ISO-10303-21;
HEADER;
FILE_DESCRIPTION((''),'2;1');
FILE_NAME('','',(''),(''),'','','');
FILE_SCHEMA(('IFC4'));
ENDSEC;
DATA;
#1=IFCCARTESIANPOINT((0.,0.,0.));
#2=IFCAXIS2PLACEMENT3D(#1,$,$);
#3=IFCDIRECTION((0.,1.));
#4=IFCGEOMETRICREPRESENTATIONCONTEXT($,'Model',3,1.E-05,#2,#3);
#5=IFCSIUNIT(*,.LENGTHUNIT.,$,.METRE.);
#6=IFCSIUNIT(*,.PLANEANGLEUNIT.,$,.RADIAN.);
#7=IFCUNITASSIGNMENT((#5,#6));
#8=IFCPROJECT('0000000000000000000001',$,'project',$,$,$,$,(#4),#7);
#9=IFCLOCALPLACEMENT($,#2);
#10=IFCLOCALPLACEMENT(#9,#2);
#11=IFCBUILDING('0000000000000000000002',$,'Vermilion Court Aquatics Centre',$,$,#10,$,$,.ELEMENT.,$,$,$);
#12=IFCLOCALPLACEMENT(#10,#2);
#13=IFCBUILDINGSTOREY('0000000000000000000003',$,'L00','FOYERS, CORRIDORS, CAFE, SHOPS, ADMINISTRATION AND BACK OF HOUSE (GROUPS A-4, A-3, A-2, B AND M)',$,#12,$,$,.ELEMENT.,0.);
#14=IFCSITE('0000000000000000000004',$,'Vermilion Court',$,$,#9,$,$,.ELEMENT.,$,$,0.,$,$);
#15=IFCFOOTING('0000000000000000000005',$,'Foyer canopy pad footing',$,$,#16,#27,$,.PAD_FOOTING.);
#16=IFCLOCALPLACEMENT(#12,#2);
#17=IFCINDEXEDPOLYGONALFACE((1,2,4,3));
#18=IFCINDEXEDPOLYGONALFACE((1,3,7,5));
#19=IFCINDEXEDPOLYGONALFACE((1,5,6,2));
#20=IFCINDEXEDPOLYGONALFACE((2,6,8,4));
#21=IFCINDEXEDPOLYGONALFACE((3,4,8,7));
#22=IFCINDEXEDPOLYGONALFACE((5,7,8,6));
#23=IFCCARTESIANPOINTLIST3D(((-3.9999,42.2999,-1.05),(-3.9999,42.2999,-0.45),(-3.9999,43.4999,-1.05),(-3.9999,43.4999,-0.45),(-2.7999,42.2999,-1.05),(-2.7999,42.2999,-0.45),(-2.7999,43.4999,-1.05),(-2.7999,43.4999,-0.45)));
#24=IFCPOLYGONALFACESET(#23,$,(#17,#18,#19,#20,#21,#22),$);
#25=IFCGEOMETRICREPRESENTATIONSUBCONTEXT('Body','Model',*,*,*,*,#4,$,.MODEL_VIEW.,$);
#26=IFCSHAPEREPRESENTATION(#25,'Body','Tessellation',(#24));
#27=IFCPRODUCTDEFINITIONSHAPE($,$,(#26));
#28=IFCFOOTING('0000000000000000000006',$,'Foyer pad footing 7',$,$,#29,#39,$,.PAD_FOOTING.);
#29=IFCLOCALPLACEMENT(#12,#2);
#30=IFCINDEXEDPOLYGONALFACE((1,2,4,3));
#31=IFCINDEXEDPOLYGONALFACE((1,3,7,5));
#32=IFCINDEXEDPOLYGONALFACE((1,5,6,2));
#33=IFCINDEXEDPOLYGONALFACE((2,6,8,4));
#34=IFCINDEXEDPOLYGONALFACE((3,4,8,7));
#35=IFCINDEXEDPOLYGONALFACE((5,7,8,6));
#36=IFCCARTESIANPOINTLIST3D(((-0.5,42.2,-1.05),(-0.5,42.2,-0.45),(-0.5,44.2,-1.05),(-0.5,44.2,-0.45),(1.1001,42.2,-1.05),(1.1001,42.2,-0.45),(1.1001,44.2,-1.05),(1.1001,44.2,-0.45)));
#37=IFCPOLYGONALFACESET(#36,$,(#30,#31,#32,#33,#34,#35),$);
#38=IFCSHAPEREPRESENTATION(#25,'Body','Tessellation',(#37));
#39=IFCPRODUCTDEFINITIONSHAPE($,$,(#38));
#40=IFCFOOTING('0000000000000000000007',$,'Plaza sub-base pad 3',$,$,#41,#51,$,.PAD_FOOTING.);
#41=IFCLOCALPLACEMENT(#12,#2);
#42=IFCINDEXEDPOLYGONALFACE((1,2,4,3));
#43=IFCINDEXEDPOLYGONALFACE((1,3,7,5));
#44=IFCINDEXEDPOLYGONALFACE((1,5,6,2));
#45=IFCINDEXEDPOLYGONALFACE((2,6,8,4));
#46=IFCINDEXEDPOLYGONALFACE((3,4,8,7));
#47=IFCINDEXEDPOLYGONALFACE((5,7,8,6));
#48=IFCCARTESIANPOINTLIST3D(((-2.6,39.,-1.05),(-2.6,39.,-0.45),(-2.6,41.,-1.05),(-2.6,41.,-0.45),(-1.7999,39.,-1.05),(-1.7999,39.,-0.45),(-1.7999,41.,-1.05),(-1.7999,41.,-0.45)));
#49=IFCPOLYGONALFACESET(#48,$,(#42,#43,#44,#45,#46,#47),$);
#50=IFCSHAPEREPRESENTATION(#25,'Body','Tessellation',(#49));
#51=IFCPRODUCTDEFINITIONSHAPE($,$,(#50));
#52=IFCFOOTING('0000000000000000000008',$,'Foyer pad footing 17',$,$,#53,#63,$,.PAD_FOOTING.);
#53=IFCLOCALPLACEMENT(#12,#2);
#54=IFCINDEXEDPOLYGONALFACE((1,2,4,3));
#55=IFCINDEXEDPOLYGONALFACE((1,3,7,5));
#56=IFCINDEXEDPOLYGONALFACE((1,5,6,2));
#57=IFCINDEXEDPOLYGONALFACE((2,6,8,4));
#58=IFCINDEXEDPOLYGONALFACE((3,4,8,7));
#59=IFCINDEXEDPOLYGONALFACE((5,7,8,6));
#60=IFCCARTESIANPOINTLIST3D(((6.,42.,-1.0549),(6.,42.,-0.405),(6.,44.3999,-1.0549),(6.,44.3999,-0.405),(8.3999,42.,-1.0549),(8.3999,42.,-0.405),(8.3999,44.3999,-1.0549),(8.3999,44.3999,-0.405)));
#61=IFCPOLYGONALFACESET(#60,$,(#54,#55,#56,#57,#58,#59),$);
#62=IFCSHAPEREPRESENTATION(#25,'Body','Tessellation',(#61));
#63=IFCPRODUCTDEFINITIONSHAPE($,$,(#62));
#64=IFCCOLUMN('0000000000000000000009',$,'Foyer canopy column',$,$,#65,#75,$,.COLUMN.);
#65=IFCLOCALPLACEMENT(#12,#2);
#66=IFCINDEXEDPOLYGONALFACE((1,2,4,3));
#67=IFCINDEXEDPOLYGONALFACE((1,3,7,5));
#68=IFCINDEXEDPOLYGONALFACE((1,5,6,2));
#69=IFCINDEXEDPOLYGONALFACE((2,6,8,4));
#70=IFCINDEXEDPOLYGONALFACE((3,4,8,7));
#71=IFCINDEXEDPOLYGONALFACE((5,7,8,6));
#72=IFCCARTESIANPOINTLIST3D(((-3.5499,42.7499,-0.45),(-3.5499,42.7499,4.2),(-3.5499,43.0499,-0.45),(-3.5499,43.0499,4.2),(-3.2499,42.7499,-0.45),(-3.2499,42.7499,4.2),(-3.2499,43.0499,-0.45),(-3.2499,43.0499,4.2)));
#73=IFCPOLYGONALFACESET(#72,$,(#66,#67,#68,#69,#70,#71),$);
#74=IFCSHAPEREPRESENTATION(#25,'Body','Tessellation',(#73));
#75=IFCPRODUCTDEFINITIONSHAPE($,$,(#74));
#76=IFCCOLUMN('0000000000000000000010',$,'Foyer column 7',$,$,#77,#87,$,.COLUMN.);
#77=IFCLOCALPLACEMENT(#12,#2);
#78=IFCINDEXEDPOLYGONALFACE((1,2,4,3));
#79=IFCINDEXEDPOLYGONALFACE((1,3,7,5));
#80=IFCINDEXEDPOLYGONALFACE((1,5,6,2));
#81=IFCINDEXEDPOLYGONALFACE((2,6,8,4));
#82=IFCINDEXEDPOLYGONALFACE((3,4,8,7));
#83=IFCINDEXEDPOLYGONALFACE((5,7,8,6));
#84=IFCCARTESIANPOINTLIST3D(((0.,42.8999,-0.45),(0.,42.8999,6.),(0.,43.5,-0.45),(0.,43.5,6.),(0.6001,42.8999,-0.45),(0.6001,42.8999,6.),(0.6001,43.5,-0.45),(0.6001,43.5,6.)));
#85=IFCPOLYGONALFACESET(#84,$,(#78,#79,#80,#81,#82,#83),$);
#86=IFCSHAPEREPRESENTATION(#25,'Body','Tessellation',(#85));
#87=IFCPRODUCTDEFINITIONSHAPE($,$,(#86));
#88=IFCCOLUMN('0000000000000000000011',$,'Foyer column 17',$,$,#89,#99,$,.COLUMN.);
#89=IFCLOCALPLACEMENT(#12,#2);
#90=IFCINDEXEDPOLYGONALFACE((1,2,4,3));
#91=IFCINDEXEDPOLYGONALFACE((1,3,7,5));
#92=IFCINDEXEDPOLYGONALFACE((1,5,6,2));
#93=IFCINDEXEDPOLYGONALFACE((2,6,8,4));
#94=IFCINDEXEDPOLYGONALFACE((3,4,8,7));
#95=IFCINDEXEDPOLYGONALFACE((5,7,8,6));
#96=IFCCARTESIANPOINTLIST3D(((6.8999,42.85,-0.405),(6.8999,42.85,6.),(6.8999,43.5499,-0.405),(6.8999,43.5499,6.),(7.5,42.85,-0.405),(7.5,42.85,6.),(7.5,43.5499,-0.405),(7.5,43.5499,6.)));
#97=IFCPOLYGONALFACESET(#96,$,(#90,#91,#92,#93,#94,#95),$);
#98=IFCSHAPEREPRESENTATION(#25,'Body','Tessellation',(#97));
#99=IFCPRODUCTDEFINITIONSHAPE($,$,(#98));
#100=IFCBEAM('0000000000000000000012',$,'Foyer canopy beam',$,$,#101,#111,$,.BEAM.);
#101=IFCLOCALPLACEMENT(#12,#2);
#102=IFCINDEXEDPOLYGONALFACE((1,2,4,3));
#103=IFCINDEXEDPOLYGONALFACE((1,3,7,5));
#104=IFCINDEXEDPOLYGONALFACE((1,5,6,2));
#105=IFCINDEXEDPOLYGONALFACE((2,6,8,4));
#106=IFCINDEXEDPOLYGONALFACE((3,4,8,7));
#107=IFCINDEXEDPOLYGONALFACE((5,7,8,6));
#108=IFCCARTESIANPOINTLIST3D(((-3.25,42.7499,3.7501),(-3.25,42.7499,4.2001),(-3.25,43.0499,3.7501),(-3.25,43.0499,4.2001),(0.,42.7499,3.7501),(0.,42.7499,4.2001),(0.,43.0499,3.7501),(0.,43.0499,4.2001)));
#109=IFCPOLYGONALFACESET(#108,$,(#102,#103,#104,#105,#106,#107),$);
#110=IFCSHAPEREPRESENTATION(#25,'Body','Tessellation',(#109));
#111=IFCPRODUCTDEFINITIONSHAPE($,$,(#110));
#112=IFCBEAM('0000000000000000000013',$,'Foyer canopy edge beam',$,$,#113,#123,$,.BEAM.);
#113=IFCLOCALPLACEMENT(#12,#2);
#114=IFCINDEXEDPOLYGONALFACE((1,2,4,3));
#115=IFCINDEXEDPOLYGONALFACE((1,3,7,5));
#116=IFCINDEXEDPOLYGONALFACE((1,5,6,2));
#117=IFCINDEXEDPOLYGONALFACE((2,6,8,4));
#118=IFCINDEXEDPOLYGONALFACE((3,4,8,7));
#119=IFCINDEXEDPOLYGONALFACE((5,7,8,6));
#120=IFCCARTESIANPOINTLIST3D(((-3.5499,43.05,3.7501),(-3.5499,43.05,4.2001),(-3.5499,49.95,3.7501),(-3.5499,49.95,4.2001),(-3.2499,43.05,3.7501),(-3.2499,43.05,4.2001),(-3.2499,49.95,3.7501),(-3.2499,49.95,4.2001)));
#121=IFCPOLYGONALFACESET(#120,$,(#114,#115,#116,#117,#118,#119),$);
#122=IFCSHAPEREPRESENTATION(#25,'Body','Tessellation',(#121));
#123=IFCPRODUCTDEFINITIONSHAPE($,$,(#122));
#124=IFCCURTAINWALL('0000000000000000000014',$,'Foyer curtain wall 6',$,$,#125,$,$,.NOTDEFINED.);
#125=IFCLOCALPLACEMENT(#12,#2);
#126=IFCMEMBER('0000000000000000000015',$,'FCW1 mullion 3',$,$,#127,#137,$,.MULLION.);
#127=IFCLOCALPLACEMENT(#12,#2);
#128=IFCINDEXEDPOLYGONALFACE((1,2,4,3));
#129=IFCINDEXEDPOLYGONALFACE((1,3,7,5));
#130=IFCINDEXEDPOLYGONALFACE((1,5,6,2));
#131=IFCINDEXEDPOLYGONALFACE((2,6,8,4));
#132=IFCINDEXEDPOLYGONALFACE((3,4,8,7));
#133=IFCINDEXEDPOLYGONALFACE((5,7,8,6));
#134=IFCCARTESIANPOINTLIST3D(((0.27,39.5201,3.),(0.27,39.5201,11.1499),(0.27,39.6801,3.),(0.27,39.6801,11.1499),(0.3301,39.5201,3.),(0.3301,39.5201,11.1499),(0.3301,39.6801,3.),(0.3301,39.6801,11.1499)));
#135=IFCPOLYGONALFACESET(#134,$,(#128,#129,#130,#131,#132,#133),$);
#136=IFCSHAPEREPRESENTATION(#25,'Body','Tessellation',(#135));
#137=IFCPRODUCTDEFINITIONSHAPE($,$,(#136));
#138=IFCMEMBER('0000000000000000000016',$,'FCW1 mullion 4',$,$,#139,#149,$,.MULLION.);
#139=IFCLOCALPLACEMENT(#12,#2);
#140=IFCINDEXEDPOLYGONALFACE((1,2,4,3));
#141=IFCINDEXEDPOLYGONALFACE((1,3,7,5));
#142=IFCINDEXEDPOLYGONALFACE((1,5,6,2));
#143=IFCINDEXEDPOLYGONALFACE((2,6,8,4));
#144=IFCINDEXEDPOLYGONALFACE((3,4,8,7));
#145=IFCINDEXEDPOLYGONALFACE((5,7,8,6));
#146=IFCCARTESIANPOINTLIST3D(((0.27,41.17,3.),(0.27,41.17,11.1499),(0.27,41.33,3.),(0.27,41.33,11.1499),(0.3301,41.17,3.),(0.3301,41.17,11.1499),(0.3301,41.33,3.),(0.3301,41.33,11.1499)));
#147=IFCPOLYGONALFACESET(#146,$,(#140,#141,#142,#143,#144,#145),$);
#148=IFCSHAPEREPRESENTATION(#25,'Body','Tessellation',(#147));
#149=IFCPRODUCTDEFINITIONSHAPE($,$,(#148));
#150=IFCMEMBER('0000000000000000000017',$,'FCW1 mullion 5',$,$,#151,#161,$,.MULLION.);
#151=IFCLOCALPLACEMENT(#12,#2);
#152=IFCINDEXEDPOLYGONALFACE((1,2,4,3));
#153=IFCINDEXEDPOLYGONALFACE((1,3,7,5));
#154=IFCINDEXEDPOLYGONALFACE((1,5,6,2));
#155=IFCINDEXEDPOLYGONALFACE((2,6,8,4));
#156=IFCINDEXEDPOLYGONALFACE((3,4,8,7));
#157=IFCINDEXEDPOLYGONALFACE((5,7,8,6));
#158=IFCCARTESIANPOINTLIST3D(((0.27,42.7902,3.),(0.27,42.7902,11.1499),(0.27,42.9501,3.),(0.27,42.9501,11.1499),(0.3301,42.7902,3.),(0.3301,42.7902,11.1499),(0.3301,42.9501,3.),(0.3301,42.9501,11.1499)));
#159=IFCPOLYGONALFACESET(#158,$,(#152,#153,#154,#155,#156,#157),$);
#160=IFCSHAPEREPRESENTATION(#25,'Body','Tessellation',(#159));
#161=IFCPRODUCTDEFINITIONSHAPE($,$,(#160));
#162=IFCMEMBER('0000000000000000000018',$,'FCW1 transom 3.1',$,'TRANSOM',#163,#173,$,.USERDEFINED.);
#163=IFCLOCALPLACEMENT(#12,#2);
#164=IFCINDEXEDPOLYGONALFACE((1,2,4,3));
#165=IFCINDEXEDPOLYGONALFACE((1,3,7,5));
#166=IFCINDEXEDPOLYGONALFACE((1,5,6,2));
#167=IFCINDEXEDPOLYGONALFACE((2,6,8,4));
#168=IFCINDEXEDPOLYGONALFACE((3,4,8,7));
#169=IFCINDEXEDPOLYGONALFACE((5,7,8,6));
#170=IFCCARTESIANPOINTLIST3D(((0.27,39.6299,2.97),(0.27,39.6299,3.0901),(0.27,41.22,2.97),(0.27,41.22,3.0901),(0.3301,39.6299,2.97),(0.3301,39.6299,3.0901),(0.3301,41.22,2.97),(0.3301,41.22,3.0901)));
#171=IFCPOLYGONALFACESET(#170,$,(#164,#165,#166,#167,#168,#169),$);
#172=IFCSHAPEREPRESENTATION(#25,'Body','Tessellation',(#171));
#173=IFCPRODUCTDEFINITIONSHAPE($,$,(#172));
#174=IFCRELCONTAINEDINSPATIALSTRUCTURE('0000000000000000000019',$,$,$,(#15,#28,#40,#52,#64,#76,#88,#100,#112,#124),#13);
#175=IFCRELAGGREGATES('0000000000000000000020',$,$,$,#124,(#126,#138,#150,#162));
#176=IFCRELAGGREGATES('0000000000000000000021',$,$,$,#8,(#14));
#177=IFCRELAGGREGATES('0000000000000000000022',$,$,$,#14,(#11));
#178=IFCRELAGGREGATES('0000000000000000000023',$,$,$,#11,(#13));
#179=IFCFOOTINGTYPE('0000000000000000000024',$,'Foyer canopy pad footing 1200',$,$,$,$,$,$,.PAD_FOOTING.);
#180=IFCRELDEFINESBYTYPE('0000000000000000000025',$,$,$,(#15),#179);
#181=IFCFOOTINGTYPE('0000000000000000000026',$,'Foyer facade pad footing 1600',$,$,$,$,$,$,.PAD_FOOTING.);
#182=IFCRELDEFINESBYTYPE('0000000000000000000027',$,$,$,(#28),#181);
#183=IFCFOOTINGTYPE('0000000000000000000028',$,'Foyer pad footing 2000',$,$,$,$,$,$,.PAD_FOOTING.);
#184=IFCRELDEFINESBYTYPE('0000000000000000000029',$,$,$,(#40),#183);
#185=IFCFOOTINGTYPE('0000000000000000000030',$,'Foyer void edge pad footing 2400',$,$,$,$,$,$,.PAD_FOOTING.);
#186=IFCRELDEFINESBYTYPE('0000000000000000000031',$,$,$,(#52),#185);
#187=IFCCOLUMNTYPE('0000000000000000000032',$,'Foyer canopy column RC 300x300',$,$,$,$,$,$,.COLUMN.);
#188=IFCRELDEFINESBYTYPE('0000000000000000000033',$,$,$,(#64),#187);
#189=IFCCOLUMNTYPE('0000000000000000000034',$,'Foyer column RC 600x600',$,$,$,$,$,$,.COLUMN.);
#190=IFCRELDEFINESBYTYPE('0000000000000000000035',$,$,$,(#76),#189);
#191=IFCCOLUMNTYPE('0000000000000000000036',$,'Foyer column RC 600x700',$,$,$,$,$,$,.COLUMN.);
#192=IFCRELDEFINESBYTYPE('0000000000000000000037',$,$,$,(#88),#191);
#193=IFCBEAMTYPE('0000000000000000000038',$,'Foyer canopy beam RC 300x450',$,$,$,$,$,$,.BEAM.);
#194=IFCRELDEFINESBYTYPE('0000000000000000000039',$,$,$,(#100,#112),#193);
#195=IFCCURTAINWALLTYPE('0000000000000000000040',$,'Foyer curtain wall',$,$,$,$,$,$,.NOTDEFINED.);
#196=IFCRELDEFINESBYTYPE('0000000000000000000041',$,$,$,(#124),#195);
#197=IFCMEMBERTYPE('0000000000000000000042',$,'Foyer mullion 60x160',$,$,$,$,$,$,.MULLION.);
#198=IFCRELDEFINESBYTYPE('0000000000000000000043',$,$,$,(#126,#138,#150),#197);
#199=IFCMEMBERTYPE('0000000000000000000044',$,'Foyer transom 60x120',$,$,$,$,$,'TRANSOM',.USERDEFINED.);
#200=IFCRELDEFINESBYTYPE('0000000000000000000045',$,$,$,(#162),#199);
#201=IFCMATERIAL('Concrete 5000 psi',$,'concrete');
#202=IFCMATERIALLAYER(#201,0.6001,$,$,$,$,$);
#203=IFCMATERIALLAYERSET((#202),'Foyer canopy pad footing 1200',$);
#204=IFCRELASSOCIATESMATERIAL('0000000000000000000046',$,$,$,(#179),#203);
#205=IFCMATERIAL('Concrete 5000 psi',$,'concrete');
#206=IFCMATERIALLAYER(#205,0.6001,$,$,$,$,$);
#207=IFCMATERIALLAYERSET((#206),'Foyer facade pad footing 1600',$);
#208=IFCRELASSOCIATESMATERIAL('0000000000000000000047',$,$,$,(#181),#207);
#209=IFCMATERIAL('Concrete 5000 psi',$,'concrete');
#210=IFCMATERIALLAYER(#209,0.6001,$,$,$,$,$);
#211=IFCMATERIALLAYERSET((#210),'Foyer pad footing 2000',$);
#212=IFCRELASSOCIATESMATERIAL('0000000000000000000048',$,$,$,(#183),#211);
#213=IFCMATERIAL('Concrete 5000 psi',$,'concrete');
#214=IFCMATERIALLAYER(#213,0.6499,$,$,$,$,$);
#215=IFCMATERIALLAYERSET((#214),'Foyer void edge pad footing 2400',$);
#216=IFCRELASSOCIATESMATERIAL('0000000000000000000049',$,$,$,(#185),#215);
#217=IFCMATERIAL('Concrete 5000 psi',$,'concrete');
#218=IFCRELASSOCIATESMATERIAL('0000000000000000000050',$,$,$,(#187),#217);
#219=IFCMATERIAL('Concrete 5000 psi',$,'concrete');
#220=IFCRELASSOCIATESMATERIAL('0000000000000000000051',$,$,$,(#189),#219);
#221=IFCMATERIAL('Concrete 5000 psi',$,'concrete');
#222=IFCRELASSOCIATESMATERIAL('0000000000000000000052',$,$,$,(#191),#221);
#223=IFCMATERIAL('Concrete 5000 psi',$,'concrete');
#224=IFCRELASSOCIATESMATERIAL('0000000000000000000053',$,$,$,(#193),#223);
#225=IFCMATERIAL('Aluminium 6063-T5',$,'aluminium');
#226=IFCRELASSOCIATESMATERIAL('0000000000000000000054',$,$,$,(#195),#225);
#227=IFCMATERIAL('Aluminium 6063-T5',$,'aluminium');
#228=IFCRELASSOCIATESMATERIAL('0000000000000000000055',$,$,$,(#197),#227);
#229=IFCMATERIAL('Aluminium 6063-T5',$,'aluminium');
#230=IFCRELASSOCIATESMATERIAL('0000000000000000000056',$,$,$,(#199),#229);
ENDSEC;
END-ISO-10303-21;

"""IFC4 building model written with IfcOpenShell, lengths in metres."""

from ifc_helpers import new_model, si_unit, direction, frame, origin, origin_2d, place, context, subcontext, project, spatial, rectangle, extrude, material, layer, layer_set, material_profile, profile_set, type_object, element, aggregate, save


model = new_model("IFC4")

# Units and contexts
model_context = context("Model", 3, precision=1e-05, world=origin(), true_north=direction((0.0, 1.0)))
body_context = subcontext(model_context, "Body", "Model", "MODEL_VIEW")
ifc_project = project(units=[si_unit("LENGTHUNIT", "METRE"), si_unit("PLANEANGLEUNIT", "RADIAN")], contexts=[model_context])

# Site, building, storey
site_placement = place(None, origin())
site = spatial("IfcSite", under=ifc_project, at=site_placement, Name="Vermilion Court", CompositionType="ELEMENT", RefElevation=0.0)
building_placement = place(site_placement, origin())
building = spatial("IfcBuilding", under=site, at=building_placement, Name="Vermilion Court Aquatics Centre", CompositionType="ELEMENT")
storey_placement = place(building_placement, origin())
storey = spatial("IfcBuildingStorey", under=building, at=storey_placement, Name="L00", Description="FOYERS, CORRIDORS, CAFE, SHOPS, ADMINISTRATION AND BACK OF HOUSE (GROUPS A-4, A-3, A-2, B AND M)", CompositionType="ELEMENT", Elevation=0.0)

# Footings
ifc_material_1 = material(Name="Concrete 5000 psi", Category="concrete")
ifc_layer_1 = layer(ifc_material_1, 0.6001)
ifc_layer_set_1 = layer_set([ifc_layer_1], Name="Foyer canopy pad footing 1200")
footing_type_1 = type_object("IfcFootingType", Name="Foyer canopy pad footing 1200", PredefinedType="PAD_FOOTING", material=ifc_layer_set_1)
footing_1_placement = place(storey_placement, frame((-3.3999, 42.8999, -1.05), z_axis=(0.0, 0.0, 1.0), x_axis=(1.0, 0.0, 0.0)))
element("IfcFooting", 1, at=footing_1_placement, inside=storey, type_object=footing_type_1, Name="Foyer canopy pad footing", PredefinedType="PAD_FOOTING", context=body_context, shape_type="SweptSolid", body=[
    extrude(rectangle(XDim=1.2, YDim=1.2, at=origin_2d()), origin(), (0.0, 0.0, 1.0), 0.6001),
])
ifc_material_2 = material(Name="Concrete 5000 psi", Category="concrete")
ifc_layer_2 = layer(ifc_material_2, 0.6001)
ifc_layer_set_2 = layer_set([ifc_layer_2], Name="Foyer facade pad footing 1600")
footing_type_2 = type_object("IfcFootingType", Name="Foyer facade pad footing 1600", PredefinedType="PAD_FOOTING", material=ifc_layer_set_2)
footing_2_placement = place(storey_placement, frame((0.3, 43.2, -1.05), z_axis=(0.0, 0.0, 1.0), x_axis=(1.0, 0.0, 0.0)))
element("IfcFooting", 2, at=footing_2_placement, inside=storey, type_object=footing_type_2, Name="Foyer pad footing 7", PredefinedType="PAD_FOOTING", context=body_context, shape_type="SweptSolid", body=[
    extrude(rectangle(XDim=1.6001, YDim=2.0, at=origin_2d()), origin(), (0.0, 0.0, 1.0), 0.6001),
])
ifc_material_3 = material(Name="Concrete 5000 psi", Category="concrete")
ifc_layer_3 = layer(ifc_material_3, 0.6001)
ifc_layer_set_3 = layer_set([ifc_layer_3], Name="Foyer pad footing 2000")
footing_type_3 = type_object("IfcFootingType", Name="Foyer pad footing 2000", PredefinedType="PAD_FOOTING", material=ifc_layer_set_3)
footing_3_placement = place(storey_placement, frame((-2.2, 40.0, -1.05), z_axis=(0.0, 0.0, 1.0), x_axis=(1.0, 0.0, 0.0)))
element("IfcFooting", 3, at=footing_3_placement, inside=storey, type_object=footing_type_3, Name="Plaza sub-base pad 3", PredefinedType="PAD_FOOTING", context=body_context, shape_type="SweptSolid", body=[
    extrude(rectangle(XDim=0.8, YDim=2.0, at=origin_2d()), origin(), (0.0, 0.0, 1.0), 0.6001),
])
ifc_material_4 = material(Name="Concrete 5000 psi", Category="concrete")
ifc_layer_4 = layer(ifc_material_4, 0.6499)
ifc_layer_set_4 = layer_set([ifc_layer_4], Name="Foyer void edge pad footing 2400")
footing_type_4 = type_object("IfcFootingType", Name="Foyer void edge pad footing 2400", PredefinedType="PAD_FOOTING", material=ifc_layer_set_4)
footing_4_placement = place(storey_placement, frame((7.2, 43.2, -1.0549), z_axis=(0.0, 0.0, 1.0), x_axis=(1.0, 0.0, 0.0)))
element("IfcFooting", 4, at=footing_4_placement, inside=storey, type_object=footing_type_4, Name="Foyer pad footing 17", PredefinedType="PAD_FOOTING", context=body_context, shape_type="SweptSolid", body=[
    extrude(rectangle(XDim=2.3999, YDim=2.3999, at=origin_2d()), origin(), (0.0, 0.0, 1.0), 0.6499),
])

# Columns
ifc_material_5 = material(Name="Concrete 5000 psi", Category="concrete")
ifc_material_profile_1 = material_profile(ifc_material_5, rectangle(XDim=0.3, YDim=0.3, at=origin_2d()), Name="RC 300x300")
ifc_profile_set_1 = profile_set([ifc_material_profile_1], Name="Concrete 5000 psi")
column_type_1 = type_object("IfcColumnType", Name="Foyer canopy column RC 300x300", PredefinedType="COLUMN", material=ifc_profile_set_1)
column_1_placement = place(storey_placement, frame((-3.3999, 42.8999, -0.45), z_axis=(0.0, 0.0, 1.0), x_axis=(1.0, 0.0, 0.0)))
element("IfcColumn", 5, at=column_1_placement, inside=storey, type_object=column_type_1, Name="Foyer canopy column", PredefinedType="COLUMN", context=body_context, shape_type="SweptSolid", body=[
    extrude(rectangle(XDim=0.3, YDim=0.3, at=origin_2d()), origin(), (0.0, 0.0, 1.0), 4.6499),
])
ifc_material_6 = material(Name="Concrete 5000 psi", Category="concrete")
ifc_material_profile_2 = material_profile(ifc_material_6, rectangle(XDim=0.6001, YDim=0.6001, at=origin_2d()), Name="RC 600x600")
ifc_profile_set_2 = profile_set([ifc_material_profile_2], Name="Concrete 5000 psi")
column_type_2 = type_object("IfcColumnType", Name="Foyer column RC 600x600", PredefinedType="COLUMN", material=ifc_profile_set_2)
column_2_placement = place(storey_placement, frame((0.3, 43.2, -0.45), z_axis=(0.0, 0.0, 1.0), x_axis=(1.0, 0.0, 0.0)))
element("IfcColumn", 6, at=column_2_placement, inside=storey, type_object=column_type_2, Name="Foyer column 7", PredefinedType="COLUMN", context=body_context, shape_type="SweptSolid", body=[
    extrude(rectangle(XDim=0.6001, YDim=0.6001, at=origin_2d()), origin(), (0.0, 0.0, 1.0), 6.45),
])
ifc_material_7 = material(Name="Concrete 5000 psi", Category="concrete")
ifc_material_profile_3 = material_profile(ifc_material_7, rectangle(XDim=0.6001, YDim=0.7, at=origin_2d()), Name="RC 600x700")
ifc_profile_set_3 = profile_set([ifc_material_profile_3], Name="Concrete 5000 psi")
column_type_3 = type_object("IfcColumnType", Name="Foyer column RC 600x700", PredefinedType="COLUMN", material=ifc_profile_set_3)
column_3_placement = place(storey_placement, frame((7.2, 43.2, -0.405), z_axis=(0.0, 0.0, 1.0), x_axis=(1.0, 0.0, 0.0)))
element("IfcColumn", 7, at=column_3_placement, inside=storey, type_object=column_type_3, Name="Foyer column 17", PredefinedType="COLUMN", context=body_context, shape_type="SweptSolid", body=[
    extrude(rectangle(XDim=0.6001, YDim=0.7, at=origin_2d()), origin(), (0.0, 0.0, 1.0), 6.405),
])

# Beams
ifc_material_8 = material(Name="Concrete 5000 psi", Category="concrete")
ifc_material_profile_4 = material_profile(ifc_material_8, rectangle(XDim=0.3, YDim=0.45, at=origin_2d()), Name="RC 300x450")
ifc_profile_set_4 = profile_set([ifc_material_profile_4], Name="Concrete 5000 psi")
beam_type = type_object("IfcBeamType", Name="Foyer canopy beam RC 300x450", PredefinedType="BEAM", material=ifc_profile_set_4)
beam_1_placement = place(storey_placement, frame((-3.25, 42.8999, 3.9751), z_axis=(1.0, 0.0, 0.0), x_axis=(0.0, 1.0, 0.0)))
element("IfcBeam", 8, at=beam_1_placement, inside=storey, type_object=beam_type, Name="Foyer canopy beam", PredefinedType="BEAM", context=body_context, shape_type="SweptSolid", body=[
    extrude(rectangle(XDim=0.3, YDim=0.45, at=origin_2d()), origin(), (0.0, 0.0, 1.0), 3.25),
])
beam_2_placement = place(storey_placement, frame((-3.3999, 43.05, 3.9751), z_axis=(0.0, 1.0, 0.0), x_axis=(-1.0, 0.0, 0.0)))
element("IfcBeam", 9, at=beam_2_placement, inside=storey, type_object=beam_type, Name="Foyer canopy edge beam", PredefinedType="BEAM", context=body_context, shape_type="SweptSolid", body=[
    extrude(rectangle(XDim=0.3, YDim=0.45, at=origin_2d()), origin(), (0.0, 0.0, 1.0), 6.8999),
])

# Curtain wall, members
ifc_material_9 = material(Name="Aluminium 6063-T5", Category="aluminium")
curtain_wall_type = type_object("IfcCurtainWallType", Name="Foyer curtain wall", PredefinedType="NOTDEFINED", material=ifc_material_9)
curtain_wall_placement = place(storey_placement, origin())
curtain_wall = element("IfcCurtainWall", 10, at=curtain_wall_placement, inside=storey, type_object=curtain_wall_type, Name="Foyer curtain wall 6", PredefinedType="NOTDEFINED")
ifc_material_10 = material(Name="Aluminium 6063-T5", Category="aluminium")
ifc_material_profile_5 = material_profile(ifc_material_10, rectangle(XDim=0.0601, YDim=0.1599, at=origin_2d()), Name="Aluminium 60x160")
ifc_profile_set_5 = profile_set([ifc_material_profile_5], Name="Aluminium 6063-T5")
member_type_1 = type_object("IfcMemberType", Name="Foyer mullion 60x160", PredefinedType="MULLION", material=ifc_profile_set_5)
member_1_placement = place(storey_placement, frame((0.3, 39.6001, 3.0), z_axis=(0.0, 0.0, 1.0), x_axis=(-1.0, 0.0, 0.0)))
member_1 = element("IfcMember", 11, at=member_1_placement, type_object=member_type_1, Name="FCW1 mullion 3", PredefinedType="MULLION", context=body_context, shape_type="SweptSolid", body=[
    extrude(rectangle(XDim=0.0601, YDim=0.1599, at=origin_2d()), origin(), (0.0, 0.0, 1.0), 8.1499),
])
member_2_placement = place(storey_placement, frame((0.3, 41.25, 3.0), z_axis=(0.0, 0.0, 1.0), x_axis=(-1.0, 0.0, 0.0)))
member_2 = element("IfcMember", 12, at=member_2_placement, type_object=member_type_1, Name="FCW1 mullion 4", PredefinedType="MULLION", context=body_context, shape_type="SweptSolid", body=[
    extrude(rectangle(XDim=0.0601, YDim=0.1599, at=origin_2d()), origin(), (0.0, 0.0, 1.0), 8.1499),
])
member_3_placement = place(storey_placement, frame((0.3, 42.8701, 3.0), z_axis=(0.0, 0.0, 1.0), x_axis=(-1.0, 0.0, 0.0)))
member_3 = element("IfcMember", 13, at=member_3_placement, type_object=member_type_1, Name="FCW1 mullion 5", PredefinedType="MULLION", context=body_context, shape_type="SweptSolid", body=[
    extrude(rectangle(XDim=0.0601, YDim=0.1599, at=origin_2d()), origin(), (0.0, 0.0, 1.0), 8.1499),
])
ifc_material_11 = material(Name="Aluminium 6063-T5", Category="aluminium")
ifc_material_profile_6 = material_profile(ifc_material_11, rectangle(XDim=0.0601, YDim=0.1201, at=origin_2d()), Name="Aluminium 60x120")
ifc_profile_set_6 = profile_set([ifc_material_profile_6], Name="Aluminium 6063-T5")
member_type_2 = type_object("IfcMemberType", Name="Foyer transom 60x120", ElementType="TRANSOM", PredefinedType="USERDEFINED", material=ifc_profile_set_6)
member_4_placement = place(storey_placement, frame((0.3, 39.6299, 3.03), z_axis=(0.0, 1.0, 0.0), x_axis=(-1.0, 0.0, 0.0)))
member_4 = element("IfcMember", 14, at=member_4_placement, type_object=member_type_2, Name="FCW1 transom 3.1", ObjectType="TRANSOM", PredefinedType="USERDEFINED", context=body_context, shape_type="SweptSolid", body=[
    extrude(rectangle(XDim=0.0601, YDim=0.1201, at=origin_2d()), origin(), (0.0, 0.0, 1.0), 1.5901),
])
aggregate(curtain_wall, [member_1, member_2, member_3, member_4])

save(model, "model.ifc")
